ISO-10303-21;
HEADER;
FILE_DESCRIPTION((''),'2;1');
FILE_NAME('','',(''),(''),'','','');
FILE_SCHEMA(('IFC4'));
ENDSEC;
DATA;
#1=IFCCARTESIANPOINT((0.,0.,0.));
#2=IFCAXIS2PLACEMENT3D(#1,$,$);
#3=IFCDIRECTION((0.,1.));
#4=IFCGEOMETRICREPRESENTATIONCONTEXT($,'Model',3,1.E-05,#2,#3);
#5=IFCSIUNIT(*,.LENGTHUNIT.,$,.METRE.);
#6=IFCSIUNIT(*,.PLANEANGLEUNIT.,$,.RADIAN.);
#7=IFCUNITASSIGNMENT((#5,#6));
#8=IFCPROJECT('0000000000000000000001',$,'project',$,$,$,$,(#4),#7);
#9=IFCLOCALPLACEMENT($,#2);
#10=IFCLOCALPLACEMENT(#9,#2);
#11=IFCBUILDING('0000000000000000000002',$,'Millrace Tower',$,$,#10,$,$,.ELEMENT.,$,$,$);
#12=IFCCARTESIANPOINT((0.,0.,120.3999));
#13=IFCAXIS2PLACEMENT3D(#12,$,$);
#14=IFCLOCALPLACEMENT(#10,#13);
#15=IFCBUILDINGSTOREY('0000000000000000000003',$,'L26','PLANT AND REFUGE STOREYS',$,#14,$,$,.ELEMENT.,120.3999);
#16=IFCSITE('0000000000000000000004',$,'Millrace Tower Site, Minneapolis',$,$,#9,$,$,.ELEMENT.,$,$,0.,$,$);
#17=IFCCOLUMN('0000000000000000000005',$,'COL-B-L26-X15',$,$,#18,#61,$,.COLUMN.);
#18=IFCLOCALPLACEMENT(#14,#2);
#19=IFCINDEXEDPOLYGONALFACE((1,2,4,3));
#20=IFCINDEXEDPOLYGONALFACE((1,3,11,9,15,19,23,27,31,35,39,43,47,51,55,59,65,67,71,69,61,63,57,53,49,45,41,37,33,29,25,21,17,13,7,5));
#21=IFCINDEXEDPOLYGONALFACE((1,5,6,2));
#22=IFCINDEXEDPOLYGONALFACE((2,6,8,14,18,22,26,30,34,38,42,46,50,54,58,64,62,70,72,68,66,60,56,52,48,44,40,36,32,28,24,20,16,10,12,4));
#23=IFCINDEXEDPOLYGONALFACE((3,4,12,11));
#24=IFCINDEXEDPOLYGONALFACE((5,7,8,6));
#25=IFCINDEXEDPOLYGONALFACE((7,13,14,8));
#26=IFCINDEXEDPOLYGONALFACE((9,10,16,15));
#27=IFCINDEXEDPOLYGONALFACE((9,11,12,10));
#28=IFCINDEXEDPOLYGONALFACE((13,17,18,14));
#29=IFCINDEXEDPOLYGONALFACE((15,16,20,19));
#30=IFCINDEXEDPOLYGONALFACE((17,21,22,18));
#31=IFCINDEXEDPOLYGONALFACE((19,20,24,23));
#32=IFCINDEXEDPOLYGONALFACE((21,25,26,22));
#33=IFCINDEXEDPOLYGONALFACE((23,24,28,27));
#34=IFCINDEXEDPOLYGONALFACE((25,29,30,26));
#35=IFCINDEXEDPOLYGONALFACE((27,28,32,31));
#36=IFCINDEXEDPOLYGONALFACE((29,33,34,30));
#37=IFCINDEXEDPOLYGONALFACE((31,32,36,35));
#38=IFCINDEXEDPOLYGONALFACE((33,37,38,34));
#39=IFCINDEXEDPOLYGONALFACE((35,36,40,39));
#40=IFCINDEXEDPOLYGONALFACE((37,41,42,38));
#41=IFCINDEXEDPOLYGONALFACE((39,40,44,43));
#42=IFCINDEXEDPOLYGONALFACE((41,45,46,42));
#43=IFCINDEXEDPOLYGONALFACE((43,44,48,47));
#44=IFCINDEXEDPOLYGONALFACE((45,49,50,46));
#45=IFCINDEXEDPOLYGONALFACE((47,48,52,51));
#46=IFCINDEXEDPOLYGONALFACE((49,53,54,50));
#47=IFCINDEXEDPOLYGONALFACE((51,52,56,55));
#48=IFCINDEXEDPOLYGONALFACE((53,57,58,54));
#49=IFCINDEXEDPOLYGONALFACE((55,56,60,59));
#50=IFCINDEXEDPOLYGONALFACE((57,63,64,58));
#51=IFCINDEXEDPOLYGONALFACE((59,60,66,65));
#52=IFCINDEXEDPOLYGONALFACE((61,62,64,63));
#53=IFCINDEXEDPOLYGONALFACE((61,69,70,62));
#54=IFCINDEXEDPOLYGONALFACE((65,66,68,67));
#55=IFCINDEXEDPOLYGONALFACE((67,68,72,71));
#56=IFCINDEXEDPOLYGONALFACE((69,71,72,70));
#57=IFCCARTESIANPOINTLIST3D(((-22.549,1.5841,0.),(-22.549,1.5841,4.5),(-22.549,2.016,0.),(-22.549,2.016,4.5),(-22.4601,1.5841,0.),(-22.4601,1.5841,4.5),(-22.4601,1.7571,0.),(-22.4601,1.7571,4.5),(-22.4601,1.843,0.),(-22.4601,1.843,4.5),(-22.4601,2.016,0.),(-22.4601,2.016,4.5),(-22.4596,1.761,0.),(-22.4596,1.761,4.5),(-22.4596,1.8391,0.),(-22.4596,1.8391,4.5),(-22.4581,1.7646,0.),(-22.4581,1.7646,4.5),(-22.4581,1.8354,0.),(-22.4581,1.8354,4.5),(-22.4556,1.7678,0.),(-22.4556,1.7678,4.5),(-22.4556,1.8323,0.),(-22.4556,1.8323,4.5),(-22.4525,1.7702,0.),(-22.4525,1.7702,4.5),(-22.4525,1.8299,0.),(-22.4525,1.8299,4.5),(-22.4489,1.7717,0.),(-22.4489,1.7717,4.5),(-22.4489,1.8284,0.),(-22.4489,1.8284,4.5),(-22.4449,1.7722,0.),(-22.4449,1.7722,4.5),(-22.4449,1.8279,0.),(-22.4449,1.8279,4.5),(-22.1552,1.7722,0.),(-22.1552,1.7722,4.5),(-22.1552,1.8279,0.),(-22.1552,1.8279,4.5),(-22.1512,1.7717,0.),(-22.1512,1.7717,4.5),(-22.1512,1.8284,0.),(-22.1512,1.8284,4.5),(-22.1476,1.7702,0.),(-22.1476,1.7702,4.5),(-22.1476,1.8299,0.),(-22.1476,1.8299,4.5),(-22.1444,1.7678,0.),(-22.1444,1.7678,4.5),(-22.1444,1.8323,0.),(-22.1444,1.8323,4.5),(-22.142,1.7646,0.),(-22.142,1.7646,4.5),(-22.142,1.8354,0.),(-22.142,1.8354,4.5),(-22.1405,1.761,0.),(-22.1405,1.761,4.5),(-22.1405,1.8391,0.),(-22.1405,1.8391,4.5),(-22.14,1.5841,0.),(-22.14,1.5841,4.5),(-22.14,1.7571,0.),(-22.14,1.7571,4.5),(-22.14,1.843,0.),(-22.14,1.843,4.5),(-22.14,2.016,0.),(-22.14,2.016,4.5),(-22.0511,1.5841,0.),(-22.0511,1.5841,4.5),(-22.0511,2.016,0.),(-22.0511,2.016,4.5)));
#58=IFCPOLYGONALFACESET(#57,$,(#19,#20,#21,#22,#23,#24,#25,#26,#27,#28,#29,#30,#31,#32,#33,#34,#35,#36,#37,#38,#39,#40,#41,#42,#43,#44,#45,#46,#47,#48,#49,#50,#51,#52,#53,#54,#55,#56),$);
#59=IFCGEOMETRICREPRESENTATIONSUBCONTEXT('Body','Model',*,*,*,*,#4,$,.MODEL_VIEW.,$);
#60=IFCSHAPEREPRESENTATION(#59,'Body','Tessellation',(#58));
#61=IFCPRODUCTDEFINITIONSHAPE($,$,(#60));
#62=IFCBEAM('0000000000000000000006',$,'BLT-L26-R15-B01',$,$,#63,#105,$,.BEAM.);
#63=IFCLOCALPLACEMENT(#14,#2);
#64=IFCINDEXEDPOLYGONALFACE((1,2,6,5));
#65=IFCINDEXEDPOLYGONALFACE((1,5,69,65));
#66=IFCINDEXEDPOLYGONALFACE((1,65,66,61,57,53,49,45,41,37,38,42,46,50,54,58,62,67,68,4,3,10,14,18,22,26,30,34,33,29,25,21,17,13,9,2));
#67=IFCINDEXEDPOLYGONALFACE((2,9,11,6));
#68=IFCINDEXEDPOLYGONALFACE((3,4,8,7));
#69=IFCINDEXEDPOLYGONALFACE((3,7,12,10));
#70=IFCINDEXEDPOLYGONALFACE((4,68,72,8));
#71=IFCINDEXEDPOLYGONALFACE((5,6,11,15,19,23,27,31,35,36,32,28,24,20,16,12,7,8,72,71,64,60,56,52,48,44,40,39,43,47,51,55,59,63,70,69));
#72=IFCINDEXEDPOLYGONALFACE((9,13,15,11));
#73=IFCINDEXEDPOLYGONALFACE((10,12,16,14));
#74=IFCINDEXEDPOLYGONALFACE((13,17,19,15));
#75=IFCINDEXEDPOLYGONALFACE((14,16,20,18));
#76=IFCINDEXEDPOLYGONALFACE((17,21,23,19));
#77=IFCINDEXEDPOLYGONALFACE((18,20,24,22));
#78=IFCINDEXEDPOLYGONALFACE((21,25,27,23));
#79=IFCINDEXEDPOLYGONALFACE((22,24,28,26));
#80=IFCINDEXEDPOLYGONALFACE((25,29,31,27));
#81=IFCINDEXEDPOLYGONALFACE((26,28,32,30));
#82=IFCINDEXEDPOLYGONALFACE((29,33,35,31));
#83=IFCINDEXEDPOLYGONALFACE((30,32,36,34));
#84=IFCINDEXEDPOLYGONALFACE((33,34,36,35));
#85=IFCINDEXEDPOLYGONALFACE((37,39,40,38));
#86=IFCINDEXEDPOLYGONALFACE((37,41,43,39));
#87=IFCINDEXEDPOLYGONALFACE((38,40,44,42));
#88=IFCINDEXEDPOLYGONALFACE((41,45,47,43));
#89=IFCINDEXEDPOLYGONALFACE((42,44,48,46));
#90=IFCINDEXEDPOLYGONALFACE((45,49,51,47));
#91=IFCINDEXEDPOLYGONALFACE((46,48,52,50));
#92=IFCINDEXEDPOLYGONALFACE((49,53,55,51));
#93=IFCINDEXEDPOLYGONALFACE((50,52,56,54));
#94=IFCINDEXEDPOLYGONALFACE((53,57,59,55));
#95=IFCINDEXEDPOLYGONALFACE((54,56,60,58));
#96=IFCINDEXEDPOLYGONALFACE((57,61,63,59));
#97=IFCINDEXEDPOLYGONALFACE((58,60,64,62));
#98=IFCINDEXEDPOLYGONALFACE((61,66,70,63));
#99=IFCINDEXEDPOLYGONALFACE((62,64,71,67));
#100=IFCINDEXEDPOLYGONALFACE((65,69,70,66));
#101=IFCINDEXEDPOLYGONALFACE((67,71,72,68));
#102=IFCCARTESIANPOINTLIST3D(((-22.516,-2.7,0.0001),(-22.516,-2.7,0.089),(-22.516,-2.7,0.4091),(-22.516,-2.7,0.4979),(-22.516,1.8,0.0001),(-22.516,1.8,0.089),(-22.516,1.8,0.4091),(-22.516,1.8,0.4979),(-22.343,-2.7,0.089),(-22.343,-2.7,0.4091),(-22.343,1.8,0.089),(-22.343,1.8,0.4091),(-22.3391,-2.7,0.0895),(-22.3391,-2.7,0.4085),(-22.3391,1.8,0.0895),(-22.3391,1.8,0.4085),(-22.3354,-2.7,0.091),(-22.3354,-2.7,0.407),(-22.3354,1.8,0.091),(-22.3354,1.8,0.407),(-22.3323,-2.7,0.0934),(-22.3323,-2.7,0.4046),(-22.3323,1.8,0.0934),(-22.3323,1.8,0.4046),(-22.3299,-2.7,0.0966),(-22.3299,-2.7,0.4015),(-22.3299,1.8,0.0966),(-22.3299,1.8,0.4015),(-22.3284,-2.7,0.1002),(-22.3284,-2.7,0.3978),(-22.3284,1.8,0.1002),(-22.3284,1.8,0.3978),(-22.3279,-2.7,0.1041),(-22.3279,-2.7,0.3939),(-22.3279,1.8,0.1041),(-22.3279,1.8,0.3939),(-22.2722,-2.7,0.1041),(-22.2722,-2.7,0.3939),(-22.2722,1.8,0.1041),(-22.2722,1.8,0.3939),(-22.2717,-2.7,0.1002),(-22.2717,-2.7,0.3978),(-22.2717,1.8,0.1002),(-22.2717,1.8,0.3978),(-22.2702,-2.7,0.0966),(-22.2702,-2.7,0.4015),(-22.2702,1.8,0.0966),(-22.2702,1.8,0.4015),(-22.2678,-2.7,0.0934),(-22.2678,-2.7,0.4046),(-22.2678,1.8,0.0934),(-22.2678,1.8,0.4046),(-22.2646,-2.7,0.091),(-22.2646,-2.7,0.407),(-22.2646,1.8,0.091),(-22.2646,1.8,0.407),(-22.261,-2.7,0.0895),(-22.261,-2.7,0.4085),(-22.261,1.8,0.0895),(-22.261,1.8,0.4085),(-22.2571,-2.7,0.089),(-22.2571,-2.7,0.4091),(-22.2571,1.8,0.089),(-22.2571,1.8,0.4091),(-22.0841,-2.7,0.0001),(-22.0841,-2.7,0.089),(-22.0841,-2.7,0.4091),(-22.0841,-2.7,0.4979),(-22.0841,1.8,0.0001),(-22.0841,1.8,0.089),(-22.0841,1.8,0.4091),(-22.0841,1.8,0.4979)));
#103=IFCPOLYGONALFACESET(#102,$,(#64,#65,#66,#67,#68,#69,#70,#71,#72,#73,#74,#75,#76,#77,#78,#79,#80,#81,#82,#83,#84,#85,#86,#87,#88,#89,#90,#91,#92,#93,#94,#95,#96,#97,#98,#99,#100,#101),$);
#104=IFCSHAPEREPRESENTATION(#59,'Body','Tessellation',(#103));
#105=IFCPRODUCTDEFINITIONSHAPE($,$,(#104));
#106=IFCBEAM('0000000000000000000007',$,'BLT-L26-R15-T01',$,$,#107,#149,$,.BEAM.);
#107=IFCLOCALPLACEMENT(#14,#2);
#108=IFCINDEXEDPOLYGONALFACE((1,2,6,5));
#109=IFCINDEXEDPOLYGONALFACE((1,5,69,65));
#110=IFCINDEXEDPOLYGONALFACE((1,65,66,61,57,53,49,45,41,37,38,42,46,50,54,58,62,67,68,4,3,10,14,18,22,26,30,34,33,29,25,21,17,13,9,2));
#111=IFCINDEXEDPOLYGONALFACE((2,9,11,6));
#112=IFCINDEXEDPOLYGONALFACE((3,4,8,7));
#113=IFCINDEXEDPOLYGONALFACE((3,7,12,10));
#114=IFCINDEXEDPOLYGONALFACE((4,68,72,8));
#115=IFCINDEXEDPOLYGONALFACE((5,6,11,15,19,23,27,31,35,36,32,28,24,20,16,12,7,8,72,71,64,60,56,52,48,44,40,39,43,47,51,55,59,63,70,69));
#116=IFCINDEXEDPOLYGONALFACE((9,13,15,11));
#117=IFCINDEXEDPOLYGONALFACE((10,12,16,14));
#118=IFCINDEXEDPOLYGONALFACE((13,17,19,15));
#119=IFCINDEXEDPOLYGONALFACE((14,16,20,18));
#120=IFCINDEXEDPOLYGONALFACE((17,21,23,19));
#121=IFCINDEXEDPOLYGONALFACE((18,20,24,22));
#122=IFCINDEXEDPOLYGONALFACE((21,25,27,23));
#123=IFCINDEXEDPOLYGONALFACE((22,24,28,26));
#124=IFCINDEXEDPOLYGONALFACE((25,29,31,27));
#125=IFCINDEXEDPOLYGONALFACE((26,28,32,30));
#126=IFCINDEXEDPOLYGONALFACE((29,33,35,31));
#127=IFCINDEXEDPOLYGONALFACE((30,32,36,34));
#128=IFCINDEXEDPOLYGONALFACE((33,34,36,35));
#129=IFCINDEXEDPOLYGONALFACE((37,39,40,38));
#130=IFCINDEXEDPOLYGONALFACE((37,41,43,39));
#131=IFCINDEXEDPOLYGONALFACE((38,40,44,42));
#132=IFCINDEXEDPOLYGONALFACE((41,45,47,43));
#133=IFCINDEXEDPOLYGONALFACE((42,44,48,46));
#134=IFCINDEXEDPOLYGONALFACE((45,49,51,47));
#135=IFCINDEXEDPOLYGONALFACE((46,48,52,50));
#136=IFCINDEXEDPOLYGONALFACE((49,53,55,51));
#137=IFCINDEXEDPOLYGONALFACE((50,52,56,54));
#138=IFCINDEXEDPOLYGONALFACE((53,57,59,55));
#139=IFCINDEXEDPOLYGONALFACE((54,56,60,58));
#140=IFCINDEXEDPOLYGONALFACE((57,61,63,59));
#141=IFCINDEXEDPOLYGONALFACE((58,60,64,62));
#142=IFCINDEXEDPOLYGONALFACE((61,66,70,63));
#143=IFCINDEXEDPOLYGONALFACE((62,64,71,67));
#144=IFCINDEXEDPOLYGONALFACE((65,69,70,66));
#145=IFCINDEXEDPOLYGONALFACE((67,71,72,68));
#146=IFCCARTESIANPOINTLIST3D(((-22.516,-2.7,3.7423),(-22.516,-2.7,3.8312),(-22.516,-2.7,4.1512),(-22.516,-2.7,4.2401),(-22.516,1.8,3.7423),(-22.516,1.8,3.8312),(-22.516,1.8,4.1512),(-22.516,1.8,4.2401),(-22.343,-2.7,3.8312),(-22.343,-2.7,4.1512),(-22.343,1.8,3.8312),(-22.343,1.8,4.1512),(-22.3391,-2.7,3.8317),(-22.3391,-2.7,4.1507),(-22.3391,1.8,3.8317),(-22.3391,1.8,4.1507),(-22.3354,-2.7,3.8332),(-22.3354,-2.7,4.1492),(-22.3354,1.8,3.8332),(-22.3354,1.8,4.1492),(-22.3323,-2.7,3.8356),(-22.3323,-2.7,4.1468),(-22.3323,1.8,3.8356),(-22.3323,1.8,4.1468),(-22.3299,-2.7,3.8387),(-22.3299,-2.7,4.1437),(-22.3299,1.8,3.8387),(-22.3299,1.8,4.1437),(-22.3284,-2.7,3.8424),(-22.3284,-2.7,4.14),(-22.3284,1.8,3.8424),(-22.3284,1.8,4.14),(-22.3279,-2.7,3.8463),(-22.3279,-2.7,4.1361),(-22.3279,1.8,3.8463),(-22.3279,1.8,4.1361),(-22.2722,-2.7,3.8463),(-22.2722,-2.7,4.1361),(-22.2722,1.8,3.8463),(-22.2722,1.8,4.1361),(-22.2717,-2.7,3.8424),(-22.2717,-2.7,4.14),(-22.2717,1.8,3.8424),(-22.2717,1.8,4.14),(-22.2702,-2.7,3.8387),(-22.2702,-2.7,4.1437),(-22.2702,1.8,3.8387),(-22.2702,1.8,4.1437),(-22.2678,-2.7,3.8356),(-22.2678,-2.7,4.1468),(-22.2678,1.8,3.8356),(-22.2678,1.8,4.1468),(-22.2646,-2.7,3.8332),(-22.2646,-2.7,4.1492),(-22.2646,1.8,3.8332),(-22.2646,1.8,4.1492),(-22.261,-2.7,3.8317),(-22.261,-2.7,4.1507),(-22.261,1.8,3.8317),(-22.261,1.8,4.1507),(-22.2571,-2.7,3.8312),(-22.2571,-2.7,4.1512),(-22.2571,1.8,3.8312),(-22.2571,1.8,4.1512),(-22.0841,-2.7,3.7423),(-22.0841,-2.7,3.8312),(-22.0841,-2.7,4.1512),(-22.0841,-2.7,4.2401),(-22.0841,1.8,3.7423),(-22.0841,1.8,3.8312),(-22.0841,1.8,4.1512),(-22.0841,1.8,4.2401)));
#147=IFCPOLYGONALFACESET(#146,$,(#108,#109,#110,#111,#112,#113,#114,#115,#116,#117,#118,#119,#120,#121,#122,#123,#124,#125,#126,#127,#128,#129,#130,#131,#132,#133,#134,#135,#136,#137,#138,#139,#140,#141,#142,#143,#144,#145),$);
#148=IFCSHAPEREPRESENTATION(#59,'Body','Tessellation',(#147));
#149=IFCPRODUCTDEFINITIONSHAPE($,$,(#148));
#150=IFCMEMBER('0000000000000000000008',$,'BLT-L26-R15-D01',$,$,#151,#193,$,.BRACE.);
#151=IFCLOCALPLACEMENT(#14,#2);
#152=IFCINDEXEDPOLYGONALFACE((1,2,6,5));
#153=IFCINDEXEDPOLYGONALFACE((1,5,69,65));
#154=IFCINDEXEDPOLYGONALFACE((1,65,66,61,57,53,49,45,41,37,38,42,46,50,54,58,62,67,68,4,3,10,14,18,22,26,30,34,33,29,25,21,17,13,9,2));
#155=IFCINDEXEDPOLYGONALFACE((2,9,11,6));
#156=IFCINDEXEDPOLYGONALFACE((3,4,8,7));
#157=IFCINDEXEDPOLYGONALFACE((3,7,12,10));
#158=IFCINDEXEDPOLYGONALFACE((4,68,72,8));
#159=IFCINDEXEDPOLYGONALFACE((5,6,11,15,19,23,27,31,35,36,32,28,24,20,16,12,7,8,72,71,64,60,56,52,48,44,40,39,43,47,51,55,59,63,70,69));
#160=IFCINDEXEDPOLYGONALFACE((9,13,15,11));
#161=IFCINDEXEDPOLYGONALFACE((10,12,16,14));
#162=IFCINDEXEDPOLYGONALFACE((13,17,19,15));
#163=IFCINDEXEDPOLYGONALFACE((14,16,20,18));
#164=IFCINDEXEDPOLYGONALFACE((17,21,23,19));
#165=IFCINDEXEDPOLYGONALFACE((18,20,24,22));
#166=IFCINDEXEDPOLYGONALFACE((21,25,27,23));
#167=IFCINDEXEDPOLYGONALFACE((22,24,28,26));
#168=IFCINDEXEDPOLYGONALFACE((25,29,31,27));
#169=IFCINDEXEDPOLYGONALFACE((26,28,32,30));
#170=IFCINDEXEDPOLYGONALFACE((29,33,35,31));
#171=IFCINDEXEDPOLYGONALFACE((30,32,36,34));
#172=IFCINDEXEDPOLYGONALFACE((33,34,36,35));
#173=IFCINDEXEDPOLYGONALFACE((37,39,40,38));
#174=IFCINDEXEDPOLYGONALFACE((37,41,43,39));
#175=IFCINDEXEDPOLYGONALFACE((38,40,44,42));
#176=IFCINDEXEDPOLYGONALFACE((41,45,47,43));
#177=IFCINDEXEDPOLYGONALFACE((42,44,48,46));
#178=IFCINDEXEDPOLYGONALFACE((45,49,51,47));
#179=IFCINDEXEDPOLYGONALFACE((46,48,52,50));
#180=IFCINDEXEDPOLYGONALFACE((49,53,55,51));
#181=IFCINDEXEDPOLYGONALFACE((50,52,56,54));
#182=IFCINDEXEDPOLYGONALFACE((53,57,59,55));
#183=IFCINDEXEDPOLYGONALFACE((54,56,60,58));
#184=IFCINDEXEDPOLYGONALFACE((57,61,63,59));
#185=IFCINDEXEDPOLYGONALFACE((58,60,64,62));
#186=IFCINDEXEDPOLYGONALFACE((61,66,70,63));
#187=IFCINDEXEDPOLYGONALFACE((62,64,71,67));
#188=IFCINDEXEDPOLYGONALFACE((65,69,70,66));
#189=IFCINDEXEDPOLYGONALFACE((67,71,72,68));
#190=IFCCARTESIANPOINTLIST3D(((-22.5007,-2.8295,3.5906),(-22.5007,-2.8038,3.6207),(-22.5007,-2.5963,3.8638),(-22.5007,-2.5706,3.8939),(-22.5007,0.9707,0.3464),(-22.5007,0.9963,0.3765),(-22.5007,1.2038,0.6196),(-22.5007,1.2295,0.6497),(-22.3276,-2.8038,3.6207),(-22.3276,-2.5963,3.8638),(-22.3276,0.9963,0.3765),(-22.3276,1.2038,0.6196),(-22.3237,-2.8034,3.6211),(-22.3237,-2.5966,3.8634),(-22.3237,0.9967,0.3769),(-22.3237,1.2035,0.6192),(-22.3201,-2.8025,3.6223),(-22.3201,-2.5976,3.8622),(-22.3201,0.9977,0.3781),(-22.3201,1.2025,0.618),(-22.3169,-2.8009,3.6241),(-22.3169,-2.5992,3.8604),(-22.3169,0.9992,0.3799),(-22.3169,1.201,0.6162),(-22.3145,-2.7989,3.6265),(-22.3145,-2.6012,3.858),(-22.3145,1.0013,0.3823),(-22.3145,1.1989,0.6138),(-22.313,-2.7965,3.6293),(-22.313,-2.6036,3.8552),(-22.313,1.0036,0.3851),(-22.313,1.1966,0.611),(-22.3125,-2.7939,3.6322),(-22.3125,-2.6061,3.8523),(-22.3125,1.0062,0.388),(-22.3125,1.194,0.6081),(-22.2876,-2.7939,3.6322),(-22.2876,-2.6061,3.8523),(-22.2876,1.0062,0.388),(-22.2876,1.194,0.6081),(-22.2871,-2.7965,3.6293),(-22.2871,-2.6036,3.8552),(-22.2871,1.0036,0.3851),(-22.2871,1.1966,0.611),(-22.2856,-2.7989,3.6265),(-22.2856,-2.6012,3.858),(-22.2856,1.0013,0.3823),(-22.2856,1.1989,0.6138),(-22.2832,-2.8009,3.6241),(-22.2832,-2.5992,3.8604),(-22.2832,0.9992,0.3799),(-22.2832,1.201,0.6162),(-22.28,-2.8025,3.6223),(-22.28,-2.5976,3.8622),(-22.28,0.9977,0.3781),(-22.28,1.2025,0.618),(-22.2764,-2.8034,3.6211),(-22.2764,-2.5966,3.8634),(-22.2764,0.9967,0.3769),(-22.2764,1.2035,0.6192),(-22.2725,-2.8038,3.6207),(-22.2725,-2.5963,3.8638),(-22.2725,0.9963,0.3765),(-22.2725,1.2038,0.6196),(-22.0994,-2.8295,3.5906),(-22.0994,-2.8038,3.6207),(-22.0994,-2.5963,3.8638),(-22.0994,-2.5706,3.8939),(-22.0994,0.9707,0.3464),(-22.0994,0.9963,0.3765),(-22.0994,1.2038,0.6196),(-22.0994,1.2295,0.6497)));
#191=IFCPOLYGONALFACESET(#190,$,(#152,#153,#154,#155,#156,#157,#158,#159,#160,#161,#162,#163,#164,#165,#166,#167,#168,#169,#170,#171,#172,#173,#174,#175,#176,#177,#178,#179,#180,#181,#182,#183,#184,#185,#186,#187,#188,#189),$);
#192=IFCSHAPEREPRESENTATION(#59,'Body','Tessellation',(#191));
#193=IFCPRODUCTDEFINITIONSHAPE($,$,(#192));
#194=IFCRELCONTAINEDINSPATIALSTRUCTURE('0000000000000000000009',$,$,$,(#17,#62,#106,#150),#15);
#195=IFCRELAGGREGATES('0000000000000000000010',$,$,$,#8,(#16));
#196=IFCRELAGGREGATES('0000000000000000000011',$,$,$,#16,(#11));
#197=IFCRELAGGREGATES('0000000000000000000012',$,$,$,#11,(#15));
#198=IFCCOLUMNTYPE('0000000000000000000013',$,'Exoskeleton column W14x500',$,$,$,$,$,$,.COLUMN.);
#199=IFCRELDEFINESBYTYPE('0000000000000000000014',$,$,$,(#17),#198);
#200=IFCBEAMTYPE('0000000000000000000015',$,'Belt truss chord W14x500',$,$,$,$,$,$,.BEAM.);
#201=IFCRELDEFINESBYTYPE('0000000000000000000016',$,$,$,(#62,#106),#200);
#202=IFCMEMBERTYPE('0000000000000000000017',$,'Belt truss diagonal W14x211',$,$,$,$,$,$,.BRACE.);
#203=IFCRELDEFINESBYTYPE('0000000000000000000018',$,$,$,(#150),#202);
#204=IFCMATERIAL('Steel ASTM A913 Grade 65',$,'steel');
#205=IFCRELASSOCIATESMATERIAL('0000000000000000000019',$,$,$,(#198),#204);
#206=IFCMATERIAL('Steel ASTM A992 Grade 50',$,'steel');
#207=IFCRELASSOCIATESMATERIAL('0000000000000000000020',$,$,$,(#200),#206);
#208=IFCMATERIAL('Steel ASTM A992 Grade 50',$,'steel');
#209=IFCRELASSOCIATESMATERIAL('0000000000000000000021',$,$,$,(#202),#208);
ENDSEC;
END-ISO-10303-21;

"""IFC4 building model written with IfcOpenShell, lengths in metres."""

from ifc_helpers import new_model, si_unit, direction, frame, origin, origin_2d, place, context, subcontext, project, spatial, i_section, extrude, material, material_profile, profile_set, type_object, element, save


model = new_model("IFC4")

# Units and contexts
model_context = context("Model", 3, precision=1e-05, world=origin(), true_north=direction((0.0, 1.0)))
body_context = subcontext(model_context, "Body", "Model", "MODEL_VIEW")
ifc_project = project(units=[si_unit("LENGTHUNIT", "METRE"), si_unit("PLANEANGLEUNIT", "RADIAN")], contexts=[model_context])

# Site, building, storey
site_placement = place(None, origin())
site = spatial("IfcSite", under=ifc_project, at=site_placement, Name="Millrace Tower Site, Minneapolis", CompositionType="ELEMENT", RefElevation=0.0)
building_placement = place(site_placement, origin())
building = spatial("IfcBuilding", under=site, at=building_placement, Name="Millrace Tower", CompositionType="ELEMENT")
storey_placement = place(building_placement, frame((0.0, 0.0, 120.3999)))
storey = spatial("IfcBuildingStorey", under=building, at=storey_placement, Name="L26", Description="PLANT AND REFUGE STOREYS", CompositionType="ELEMENT", Elevation=120.3999)

# Column
ifc_material_1 = material(Name="Steel ASTM A913 Grade 65", Category="steel")
ifc_material_profile_1 = material_profile(ifc_material_1, i_section(OverallWidth=0.4319, OverallDepth=0.4978, WebThickness=0.0557, FlangeThickness=0.0889, FilletRadius=0.0151, at=origin_2d()))
ifc_profile_set_1 = profile_set([ifc_material_profile_1], Name="Steel ASTM A913 Grade 65")
column_type = type_object("IfcColumnType", Name="Exoskeleton column W14x500", PredefinedType="COLUMN", material=ifc_profile_set_1)
column_placement = place(storey_placement, frame((-22.3, 1.8, 0.0), z_axis=(0.0, 0.0, 1.0), x_axis=(0.0, -1.0, 0.0)))
element("IfcColumn", 1, at=column_placement, inside=storey, type_object=column_type, Name="COL-B-L26-X15", PredefinedType="COLUMN", context=body_context, shape_type="SweptSolid", body=[
    extrude(i_section(OverallWidth=0.4319, OverallDepth=0.4978, WebThickness=0.0557, FlangeThickness=0.0889, FilletRadius=0.0151, at=origin_2d()), origin(), (0.0, 0.0, 1.0), 4.5),
])

# Beams
ifc_material_2 = material(Name="Steel ASTM A992 Grade 50", Category="steel")
ifc_material_profile_2 = material_profile(ifc_material_2, i_section(OverallWidth=0.4319, OverallDepth=0.4978, WebThickness=0.0557, FlangeThickness=0.0889, FilletRadius=0.0151, at=origin_2d()))
ifc_profile_set_2 = profile_set([ifc_material_profile_2], Name="Steel ASTM A992 Grade 50")
beam_type_1 = type_object("IfcBeamType", Name="Belt truss chord W14x500", PredefinedType="BEAM", material=ifc_profile_set_2)
for number, where, z_axis, x_axis, name in (
    (2, (-22.3, 1.8, 0.249), (0.0, -1.0, 0.0), (1.0, 0.0, 0.0), "BLT-L26-R15-B01"),
    (3, (-22.3, 1.8, 3.9912), (0.0, -1.0, 0.0), (1.0, 0.0, 0.0), "BLT-L26-R15-T01"),
):
    element("IfcBeam", number, at=place(storey_placement, frame(where, z_axis=z_axis, x_axis=x_axis)), inside=storey, type_object=beam_type_1, Name=name, PredefinedType="BEAM", context=body_context, shape_type="SweptSolid", body=[
        extrude(i_section(OverallWidth=0.4319, OverallDepth=0.4978, WebThickness=0.0557, FlangeThickness=0.0889, FilletRadius=0.0151, at=origin_2d()), origin(), (0.0, 0.0, 1.0), 4.5),
    ])

# Member
ifc_material_3 = material(Name="Steel ASTM A992 Grade 50", Category="steel")
ifc_material_profile_3 = material_profile(ifc_material_3, i_section(OverallWidth=0.4014, OverallDepth=0.3987, WebThickness=0.0249, FlangeThickness=0.0396, FilletRadius=0.0151, at=origin_2d()))
ifc_profile_set_3 = profile_set([ifc_material_profile_3], Name="Steel ASTM A992 Grade 50")
member_type_1 = type_object("IfcMemberType", Name="Belt truss diagonal W14x211", PredefinedType="BRACE", material=ifc_profile_set_3)
member_1_placement = place(storey_placement, frame((-22.3, 1.1001, 0.498), z_axis=(0.0, -0.760545, 0.649285), x_axis=(1.0, 0.0, 0.0)))
element("IfcMember", 4, at=member_1_placement, inside=storey, type_object=member_type_1, Name="BLT-L26-R15-D01", PredefinedType="BRACE", context=body_context, shape_type="SweptSolid", body=[
    extrude(i_section(OverallWidth=0.4014, OverallDepth=0.3987, WebThickness=0.0249, FlangeThickness=0.0396, FilletRadius=0.0151, at=origin_2d()), origin(), (0.0, 0.0, 1.0), 4.9966),
])

save(model, "model.ifc")
